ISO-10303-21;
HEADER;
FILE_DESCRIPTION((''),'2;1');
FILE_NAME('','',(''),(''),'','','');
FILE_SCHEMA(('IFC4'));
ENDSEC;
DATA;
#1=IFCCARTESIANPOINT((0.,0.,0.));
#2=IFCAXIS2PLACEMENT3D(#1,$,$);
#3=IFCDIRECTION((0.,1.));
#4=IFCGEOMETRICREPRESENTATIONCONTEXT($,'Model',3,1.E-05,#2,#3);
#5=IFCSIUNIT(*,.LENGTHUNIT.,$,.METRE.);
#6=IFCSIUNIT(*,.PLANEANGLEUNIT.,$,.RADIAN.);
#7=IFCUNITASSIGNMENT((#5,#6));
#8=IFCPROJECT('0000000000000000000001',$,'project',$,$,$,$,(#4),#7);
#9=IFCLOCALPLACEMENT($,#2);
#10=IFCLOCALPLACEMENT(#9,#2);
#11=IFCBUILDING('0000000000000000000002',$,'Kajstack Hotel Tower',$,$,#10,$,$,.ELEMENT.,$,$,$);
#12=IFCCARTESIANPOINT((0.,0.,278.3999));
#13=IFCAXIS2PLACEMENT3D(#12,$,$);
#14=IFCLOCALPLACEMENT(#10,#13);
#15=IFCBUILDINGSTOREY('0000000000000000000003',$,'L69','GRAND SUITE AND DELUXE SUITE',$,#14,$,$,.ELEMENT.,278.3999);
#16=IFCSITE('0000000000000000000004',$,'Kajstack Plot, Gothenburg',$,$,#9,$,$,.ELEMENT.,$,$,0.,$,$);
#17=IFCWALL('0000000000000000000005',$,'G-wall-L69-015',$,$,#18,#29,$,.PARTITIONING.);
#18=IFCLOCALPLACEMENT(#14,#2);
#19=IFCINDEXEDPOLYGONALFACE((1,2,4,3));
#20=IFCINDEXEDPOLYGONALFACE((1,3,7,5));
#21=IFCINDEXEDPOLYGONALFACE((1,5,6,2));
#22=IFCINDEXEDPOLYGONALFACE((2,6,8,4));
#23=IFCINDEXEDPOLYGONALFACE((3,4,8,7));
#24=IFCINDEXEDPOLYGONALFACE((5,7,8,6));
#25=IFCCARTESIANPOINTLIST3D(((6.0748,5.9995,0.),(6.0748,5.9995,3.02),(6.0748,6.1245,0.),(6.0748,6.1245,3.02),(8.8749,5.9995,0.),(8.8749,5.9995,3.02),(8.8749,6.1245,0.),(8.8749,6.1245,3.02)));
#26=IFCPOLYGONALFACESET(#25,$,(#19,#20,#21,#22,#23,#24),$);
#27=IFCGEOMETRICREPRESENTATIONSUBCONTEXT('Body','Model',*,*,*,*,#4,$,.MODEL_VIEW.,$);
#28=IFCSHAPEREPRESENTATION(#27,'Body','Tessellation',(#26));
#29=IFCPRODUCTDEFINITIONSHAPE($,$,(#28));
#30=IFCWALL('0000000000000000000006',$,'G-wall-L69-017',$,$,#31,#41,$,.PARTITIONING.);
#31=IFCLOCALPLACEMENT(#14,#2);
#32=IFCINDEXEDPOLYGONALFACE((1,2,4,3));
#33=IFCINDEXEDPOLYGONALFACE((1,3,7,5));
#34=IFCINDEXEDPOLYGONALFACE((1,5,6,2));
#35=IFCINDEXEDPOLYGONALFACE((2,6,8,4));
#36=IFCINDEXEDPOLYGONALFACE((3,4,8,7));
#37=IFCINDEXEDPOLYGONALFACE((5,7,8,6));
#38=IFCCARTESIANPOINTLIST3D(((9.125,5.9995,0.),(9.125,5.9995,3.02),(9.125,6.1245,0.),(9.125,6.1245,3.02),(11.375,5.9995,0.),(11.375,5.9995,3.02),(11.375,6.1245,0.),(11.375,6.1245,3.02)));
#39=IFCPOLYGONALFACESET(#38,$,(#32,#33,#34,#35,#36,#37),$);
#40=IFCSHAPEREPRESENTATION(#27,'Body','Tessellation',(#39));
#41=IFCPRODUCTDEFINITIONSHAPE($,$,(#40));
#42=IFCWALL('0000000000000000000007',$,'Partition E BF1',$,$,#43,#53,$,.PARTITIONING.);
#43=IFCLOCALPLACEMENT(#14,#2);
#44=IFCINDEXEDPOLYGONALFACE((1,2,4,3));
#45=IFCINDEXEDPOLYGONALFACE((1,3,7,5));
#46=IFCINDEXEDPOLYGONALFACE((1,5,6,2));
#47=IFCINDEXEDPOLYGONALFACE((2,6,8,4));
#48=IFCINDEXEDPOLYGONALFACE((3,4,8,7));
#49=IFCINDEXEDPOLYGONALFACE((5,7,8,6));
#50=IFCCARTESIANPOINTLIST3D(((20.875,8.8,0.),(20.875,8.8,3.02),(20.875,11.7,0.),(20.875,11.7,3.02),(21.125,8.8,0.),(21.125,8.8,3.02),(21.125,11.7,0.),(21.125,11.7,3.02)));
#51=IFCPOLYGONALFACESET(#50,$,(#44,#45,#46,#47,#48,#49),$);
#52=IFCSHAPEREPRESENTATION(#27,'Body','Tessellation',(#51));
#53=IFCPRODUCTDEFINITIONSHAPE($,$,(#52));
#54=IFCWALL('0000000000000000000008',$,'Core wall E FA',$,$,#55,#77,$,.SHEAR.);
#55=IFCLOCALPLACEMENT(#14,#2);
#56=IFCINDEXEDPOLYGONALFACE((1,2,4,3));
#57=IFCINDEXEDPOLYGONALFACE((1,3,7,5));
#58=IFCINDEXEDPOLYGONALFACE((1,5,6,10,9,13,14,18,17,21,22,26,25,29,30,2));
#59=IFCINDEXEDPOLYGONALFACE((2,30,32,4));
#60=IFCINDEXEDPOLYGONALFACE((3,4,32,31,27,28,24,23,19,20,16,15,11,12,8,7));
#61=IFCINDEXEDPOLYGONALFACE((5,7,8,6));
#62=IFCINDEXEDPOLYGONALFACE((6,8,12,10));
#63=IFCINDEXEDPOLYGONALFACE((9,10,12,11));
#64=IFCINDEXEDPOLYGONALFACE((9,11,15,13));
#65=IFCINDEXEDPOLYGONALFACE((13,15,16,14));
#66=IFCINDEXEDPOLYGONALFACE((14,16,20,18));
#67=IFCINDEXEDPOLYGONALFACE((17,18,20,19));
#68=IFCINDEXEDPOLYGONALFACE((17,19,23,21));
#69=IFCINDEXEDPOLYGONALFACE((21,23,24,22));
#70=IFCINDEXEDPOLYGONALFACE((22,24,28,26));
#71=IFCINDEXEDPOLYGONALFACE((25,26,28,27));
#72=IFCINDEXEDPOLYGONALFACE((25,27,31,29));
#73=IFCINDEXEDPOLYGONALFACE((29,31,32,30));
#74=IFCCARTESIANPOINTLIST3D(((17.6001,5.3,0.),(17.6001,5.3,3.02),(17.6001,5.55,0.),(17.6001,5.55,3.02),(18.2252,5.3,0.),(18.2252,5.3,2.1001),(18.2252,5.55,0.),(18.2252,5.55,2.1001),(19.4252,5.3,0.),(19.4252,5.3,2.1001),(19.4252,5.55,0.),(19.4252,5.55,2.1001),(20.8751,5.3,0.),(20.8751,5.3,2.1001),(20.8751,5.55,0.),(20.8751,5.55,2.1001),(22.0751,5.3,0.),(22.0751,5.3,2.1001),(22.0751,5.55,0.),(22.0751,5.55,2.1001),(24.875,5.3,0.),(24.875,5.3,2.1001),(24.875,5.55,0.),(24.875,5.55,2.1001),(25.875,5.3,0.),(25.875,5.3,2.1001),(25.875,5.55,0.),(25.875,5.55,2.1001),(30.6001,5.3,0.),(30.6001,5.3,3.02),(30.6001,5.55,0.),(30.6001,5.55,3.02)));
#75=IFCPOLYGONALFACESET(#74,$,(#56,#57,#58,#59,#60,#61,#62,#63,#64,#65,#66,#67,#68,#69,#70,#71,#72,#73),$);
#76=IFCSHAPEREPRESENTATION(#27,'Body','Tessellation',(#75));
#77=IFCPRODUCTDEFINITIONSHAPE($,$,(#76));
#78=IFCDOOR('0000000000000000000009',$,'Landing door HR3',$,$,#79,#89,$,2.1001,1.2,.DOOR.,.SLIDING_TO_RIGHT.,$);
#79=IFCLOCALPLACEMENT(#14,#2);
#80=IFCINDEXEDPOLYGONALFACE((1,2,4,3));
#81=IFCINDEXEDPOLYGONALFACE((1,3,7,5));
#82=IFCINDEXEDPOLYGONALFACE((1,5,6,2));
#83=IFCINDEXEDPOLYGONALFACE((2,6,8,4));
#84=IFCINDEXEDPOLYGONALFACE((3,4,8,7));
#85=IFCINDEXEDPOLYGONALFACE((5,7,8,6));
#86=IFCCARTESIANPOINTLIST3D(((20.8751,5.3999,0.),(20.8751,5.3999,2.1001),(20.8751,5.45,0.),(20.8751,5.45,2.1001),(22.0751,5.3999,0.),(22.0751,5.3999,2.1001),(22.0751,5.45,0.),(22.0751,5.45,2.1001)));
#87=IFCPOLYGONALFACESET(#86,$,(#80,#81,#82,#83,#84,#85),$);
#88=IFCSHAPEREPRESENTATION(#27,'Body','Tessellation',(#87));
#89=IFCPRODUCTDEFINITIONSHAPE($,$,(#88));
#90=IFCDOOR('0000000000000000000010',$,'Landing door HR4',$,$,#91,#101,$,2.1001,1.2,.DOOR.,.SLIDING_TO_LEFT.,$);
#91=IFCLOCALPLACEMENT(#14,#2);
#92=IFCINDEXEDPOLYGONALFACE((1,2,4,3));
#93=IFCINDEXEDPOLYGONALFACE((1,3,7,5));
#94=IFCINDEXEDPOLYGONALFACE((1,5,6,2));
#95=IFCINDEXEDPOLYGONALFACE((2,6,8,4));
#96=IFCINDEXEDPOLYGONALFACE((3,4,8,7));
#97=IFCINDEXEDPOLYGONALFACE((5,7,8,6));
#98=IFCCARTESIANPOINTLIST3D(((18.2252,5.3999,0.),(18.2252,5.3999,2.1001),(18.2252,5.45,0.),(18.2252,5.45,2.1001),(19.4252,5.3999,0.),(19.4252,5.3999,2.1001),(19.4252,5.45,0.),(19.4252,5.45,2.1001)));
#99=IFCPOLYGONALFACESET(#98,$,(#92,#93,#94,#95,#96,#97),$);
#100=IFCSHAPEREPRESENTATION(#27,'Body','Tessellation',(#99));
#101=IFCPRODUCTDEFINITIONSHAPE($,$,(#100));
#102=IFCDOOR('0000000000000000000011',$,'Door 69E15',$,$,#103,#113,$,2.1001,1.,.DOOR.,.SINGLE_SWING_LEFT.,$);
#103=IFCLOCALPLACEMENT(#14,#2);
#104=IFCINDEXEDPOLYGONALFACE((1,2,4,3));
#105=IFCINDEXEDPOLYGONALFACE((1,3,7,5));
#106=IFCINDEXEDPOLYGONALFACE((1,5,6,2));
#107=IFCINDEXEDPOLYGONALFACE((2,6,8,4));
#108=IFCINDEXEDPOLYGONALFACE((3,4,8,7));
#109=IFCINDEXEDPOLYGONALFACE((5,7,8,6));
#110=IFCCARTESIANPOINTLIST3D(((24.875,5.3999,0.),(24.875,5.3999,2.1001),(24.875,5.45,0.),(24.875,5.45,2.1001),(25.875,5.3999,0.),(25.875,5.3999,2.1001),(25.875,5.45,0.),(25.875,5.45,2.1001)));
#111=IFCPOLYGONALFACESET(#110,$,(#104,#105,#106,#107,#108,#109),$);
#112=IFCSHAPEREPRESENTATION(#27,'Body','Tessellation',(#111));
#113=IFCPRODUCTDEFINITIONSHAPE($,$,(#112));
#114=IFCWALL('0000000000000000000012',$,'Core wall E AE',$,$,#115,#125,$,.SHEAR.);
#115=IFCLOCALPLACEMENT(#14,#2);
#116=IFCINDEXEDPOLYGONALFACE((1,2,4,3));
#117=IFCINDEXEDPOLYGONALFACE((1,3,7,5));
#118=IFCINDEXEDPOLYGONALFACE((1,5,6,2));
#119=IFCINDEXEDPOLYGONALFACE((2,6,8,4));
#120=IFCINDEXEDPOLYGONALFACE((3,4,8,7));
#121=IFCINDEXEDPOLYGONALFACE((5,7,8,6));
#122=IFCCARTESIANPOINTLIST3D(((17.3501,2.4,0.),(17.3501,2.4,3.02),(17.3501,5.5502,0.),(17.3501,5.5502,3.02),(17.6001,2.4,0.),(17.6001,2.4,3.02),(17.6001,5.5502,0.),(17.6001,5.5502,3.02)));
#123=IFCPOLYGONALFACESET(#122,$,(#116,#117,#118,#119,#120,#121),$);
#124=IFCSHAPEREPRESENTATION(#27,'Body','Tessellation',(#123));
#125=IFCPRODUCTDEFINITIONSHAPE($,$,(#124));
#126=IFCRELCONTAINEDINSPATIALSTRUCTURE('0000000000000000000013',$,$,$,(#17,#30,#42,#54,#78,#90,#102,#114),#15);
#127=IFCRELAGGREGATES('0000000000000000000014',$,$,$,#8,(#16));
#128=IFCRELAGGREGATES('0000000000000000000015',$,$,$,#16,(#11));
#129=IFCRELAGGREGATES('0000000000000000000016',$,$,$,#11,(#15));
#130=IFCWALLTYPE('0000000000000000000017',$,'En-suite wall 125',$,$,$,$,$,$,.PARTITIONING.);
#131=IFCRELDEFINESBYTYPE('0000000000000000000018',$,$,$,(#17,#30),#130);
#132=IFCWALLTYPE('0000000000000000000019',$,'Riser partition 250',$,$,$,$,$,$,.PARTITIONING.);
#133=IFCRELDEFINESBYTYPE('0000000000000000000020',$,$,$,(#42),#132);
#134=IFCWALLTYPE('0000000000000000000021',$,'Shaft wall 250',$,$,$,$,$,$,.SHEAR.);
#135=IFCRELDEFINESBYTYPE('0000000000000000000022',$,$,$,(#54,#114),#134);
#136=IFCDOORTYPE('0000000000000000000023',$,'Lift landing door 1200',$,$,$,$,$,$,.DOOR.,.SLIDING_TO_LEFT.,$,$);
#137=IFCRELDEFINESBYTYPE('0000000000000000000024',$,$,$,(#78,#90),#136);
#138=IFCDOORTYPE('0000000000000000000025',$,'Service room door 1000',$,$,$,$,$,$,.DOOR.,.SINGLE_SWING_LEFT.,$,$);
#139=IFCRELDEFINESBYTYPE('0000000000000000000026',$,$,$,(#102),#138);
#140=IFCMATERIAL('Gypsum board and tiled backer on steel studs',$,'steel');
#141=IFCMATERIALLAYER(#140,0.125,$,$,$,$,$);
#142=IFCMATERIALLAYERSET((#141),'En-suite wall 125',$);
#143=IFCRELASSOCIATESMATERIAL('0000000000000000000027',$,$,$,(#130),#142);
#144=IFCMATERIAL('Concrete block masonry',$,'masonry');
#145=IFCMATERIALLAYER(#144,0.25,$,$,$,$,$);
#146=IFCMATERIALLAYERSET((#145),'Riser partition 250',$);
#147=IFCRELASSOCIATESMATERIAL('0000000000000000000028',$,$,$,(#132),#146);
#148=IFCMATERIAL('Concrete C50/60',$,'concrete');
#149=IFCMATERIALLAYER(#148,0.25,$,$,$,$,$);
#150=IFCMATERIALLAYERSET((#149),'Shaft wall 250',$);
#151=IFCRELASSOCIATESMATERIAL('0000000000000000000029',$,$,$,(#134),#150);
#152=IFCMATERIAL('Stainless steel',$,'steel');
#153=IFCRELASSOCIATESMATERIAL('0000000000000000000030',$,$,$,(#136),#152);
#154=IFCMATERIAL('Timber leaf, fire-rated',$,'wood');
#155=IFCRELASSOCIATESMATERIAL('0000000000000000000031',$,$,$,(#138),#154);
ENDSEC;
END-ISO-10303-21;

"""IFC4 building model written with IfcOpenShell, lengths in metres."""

from ifc_helpers import new_model, si_unit, direction, frame, frame_2d, origin, place, context, subcontext, project, spatial, rectangle, extrude, material, layer, layer_set, type_object, element, fill, save


model = new_model("IFC4")

# Units and contexts
model_context = context("Model", 3, precision=1e-05, world=origin(), true_north=direction((0.0, 1.0)))
body_context = subcontext(model_context, "Body", "Model", "MODEL_VIEW")
ifc_project = project(units=[si_unit("LENGTHUNIT", "METRE"), si_unit("PLANEANGLEUNIT", "RADIAN")], contexts=[model_context])

# Site, building, storey
site_placement = place(None, origin())
site = spatial("IfcSite", under=ifc_project, at=site_placement, Name="Kajstack Plot, Gothenburg", CompositionType="ELEMENT", RefElevation=0.0)
building_placement = place(site_placement, origin())
building = spatial("IfcBuilding", under=site, at=building_placement, Name="Kajstack Hotel Tower", CompositionType="ELEMENT")
storey_placement = place(building_placement, frame((0.0, 0.0, 278.3999)))
storey = spatial("IfcBuildingStorey", under=building, at=storey_placement, Name="L69", Description="GRAND SUITE AND DELUXE SUITE", CompositionType="ELEMENT", Elevation=278.3999)

# Walls
ifc_material_1 = material(Name="Gypsum board and tiled backer on steel studs", Category="steel")
ifc_layer_1 = layer(ifc_material_1, 0.125)
ifc_layer_set_1 = layer_set([ifc_layer_1], Name="En-suite wall 125")
wall_type_1 = type_object("IfcWallType", Name="En-suite wall 125", PredefinedType="PARTITIONING", material=ifc_layer_set_1)
wall_1_placement = place(storey_placement, frame((6.075, 6.062, 0.0), z_axis=(0.0, 0.0, 1.0), x_axis=(1.0, 0.0, 0.0)))
element("IfcWall", 1, at=wall_1_placement, inside=storey, type_object=wall_type_1, Name="G-wall-L69-015", PredefinedType="PARTITIONING", context=body_context, shape_type="SweptSolid", body=[
    extrude(rectangle(XDim=2.8, YDim=0.125, at=frame_2d((1.3999, 0.0))), origin(), (0.0, 0.0, 1.0), 3.02),
])
wall_2_placement = place(storey_placement, frame((9.125, 6.062, 0.0), z_axis=(0.0, 0.0, 1.0), x_axis=(1.0, 0.0, 0.0)))
element("IfcWall", 2, at=wall_2_placement, inside=storey, type_object=wall_type_1, Name="G-wall-L69-017", PredefinedType="PARTITIONING", context=body_context, shape_type="SweptSolid", body=[
    extrude(rectangle(XDim=2.25, YDim=0.125, at=frame_2d((1.125, 0.0))), origin(), (0.0, 0.0, 1.0), 3.02),
])
ifc_material_2 = material(Name="Concrete block masonry", Category="masonry")
ifc_layer_2 = layer(ifc_material_2, 0.25)
ifc_layer_set_2 = layer_set([ifc_layer_2], Name="Riser partition 250")
wall_type_2 = type_object("IfcWallType", Name="Riser partition 250", PredefinedType="PARTITIONING", material=ifc_layer_set_2)
wall_3_placement = place(storey_placement, frame((21.0, 8.8, 0.0), z_axis=(0.0, 0.0, 1.0), x_axis=(0.0, 1.0, 0.0)))
element("IfcWall", 3, at=wall_3_placement, inside=storey, type_object=wall_type_2, Name="Partition E BF1", PredefinedType="PARTITIONING", context=body_context, shape_type="SweptSolid", body=[
    extrude(rectangle(XDim=2.8999, YDim=0.25, at=frame_2d((1.45, 0.0))), origin(), (0.0, 0.0, 1.0), 3.02),
])

# Wall, openings, doors
ifc_material_3 = material(Name="Concrete C50/60", Category="concrete")
ifc_layer_3 = layer(ifc_material_3, 0.25)
ifc_layer_set_3 = layer_set([ifc_layer_3], Name="Shaft wall 250")
wall_type_3 = type_object("IfcWallType", Name="Shaft wall 250", PredefinedType="SHEAR", material=ifc_layer_set_3)
wall_4_placement = place(storey_placement, frame((17.6001, 5.425, 0.0), z_axis=(0.0, 0.0, 1.0), x_axis=(1.0, 0.0, 0.0)))
wall_4 = element("IfcWall", 4, at=wall_4_placement, inside=storey, type_object=wall_type_3, Name="Core wall E FA", PredefinedType="SHEAR", context=body_context, shape_type="SweptSolid", body=[
    extrude(rectangle(XDim=13.0, YDim=0.25, at=frame_2d((6.5, 0.0))), origin(), (0.0, 0.0, 1.0), 3.02),
])
opening_1_placement = place(wall_4_placement, frame((3.2749, 0.0, 0.0)))
opening_1 = element("IfcOpeningElement", 5, at=opening_1_placement, cuts=wall_4, PredefinedType="OPENING", context=body_context, shape_type="SweptSolid", body=[
    extrude(rectangle(XDim=1.2, YDim=2.1001, at=frame_2d((0.6001, 1.05))), frame((0.0, 0.135, 0.0), z_axis=(0.0, -1.0, 0.0), x_axis=(1.0, 0.0, 0.0)), (0.0, 0.0, 1.0), 0.27),
])
opening_2_placement = place(wall_4_placement, frame((0.625, 0.0, 0.0)))
opening_2 = element("IfcOpeningElement", 6, at=opening_2_placement, cuts=wall_4, PredefinedType="OPENING", context=body_context, shape_type="SweptSolid", body=[
    extrude(rectangle(XDim=1.2, YDim=2.1001, at=frame_2d((0.6001, 1.05))), frame((0.0, 0.135, 0.0), z_axis=(0.0, -1.0, 0.0), x_axis=(1.0, 0.0, 0.0)), (0.0, 0.0, 1.0), 0.27),
])
opening_3_placement = place(wall_4_placement, frame((7.2749, 0.0, 0.0)))
opening_3 = element("IfcOpeningElement", 7, at=opening_3_placement, cuts=wall_4, PredefinedType="OPENING", context=body_context, shape_type="SweptSolid", body=[
    extrude(rectangle(XDim=1.0, YDim=2.1001, at=frame_2d((0.5, 1.05))), frame((0.0, 0.135, 0.0), z_axis=(0.0, -1.0, 0.0), x_axis=(1.0, 0.0, 0.0)), (0.0, 0.0, 1.0), 0.27),
])
ifc_material_4 = material(Name="Stainless steel", Category="steel")
door_type_1 = type_object("IfcDoorType", Name="Lift landing door 1200", OperationType="SLIDING_TO_LEFT", PredefinedType="DOOR", material=ifc_material_4)
door_1_placement = place(opening_1_placement, origin())
door_1 = element("IfcDoor", 8, at=door_1_placement, inside=storey, type_object=door_type_1, Name="Landing door HR3", OperationType="SLIDING_TO_RIGHT", OverallHeight=2.1001, OverallWidth=1.2, PredefinedType="DOOR", context=body_context, shape_type="SweptSolid", body=[
    extrude(rectangle(XDim=1.2, YDim=2.1001, at=frame_2d((0.6001, 1.05))), frame((0.0, 0.0249, 0.0), z_axis=(0.0, -1.0, 0.0), x_axis=(1.0, 0.0, 0.0)), (0.0, 0.0, 1.0), 0.05),
])
fill(opening_1, door_1)
door_2_placement = place(opening_2_placement, origin())
door_2 = element("IfcDoor", 9, at=door_2_placement, inside=storey, type_object=door_type_1, Name="Landing door HR4", OperationType="SLIDING_TO_LEFT", OverallHeight=2.1001, OverallWidth=1.2, PredefinedType="DOOR", context=body_context, shape_type="SweptSolid", body=[
    extrude(rectangle(XDim=1.2, YDim=2.1001, at=frame_2d((0.6001, 1.05))), frame((0.0, 0.0249, 0.0), z_axis=(0.0, -1.0, 0.0), x_axis=(1.0, 0.0, 0.0)), (0.0, 0.0, 1.0), 0.05),
])
fill(opening_2, door_2)
ifc_material_5 = material(Name="Timber leaf, fire-rated", Category="wood")
door_type_2 = type_object("IfcDoorType", Name="Service room door 1000", OperationType="SINGLE_SWING_LEFT", PredefinedType="DOOR", material=ifc_material_5)
door_3_placement = place(opening_3_placement, origin())
door_3 = element("IfcDoor", 10, at=door_3_placement, inside=storey, type_object=door_type_2, Name="Door 69E15", OperationType="SINGLE_SWING_LEFT", OverallHeight=2.1001, OverallWidth=1.0, PredefinedType="DOOR", context=body_context, shape_type="SweptSolid", body=[
    extrude(rectangle(XDim=1.0, YDim=2.1001, at=frame_2d((0.5, 1.05))), frame((0.0, 0.0249, 0.0), z_axis=(0.0, -1.0, 0.0), x_axis=(1.0, 0.0, 0.0)), (0.0, 0.0, 1.0), 0.05),
])
fill(opening_3, door_3)

# Wall
wall_5_placement = place(storey_placement, frame((17.4751, 2.3999, 0.0), z_axis=(0.0, 0.0, 1.0), x_axis=(0.0, 1.0, 0.0)))
element("IfcWall", 11, at=wall_5_placement, inside=storey, type_object=wall_type_3, Name="Core wall E AE", PredefinedType="SHEAR", context=body_context, shape_type="SweptSolid", body=[
    extrude(rectangle(XDim=3.1501, YDim=0.25, at=frame_2d((1.5752, 0.0))), origin(), (0.0, 0.0, 1.0), 3.02),
])

save(model, "model.ifc")
